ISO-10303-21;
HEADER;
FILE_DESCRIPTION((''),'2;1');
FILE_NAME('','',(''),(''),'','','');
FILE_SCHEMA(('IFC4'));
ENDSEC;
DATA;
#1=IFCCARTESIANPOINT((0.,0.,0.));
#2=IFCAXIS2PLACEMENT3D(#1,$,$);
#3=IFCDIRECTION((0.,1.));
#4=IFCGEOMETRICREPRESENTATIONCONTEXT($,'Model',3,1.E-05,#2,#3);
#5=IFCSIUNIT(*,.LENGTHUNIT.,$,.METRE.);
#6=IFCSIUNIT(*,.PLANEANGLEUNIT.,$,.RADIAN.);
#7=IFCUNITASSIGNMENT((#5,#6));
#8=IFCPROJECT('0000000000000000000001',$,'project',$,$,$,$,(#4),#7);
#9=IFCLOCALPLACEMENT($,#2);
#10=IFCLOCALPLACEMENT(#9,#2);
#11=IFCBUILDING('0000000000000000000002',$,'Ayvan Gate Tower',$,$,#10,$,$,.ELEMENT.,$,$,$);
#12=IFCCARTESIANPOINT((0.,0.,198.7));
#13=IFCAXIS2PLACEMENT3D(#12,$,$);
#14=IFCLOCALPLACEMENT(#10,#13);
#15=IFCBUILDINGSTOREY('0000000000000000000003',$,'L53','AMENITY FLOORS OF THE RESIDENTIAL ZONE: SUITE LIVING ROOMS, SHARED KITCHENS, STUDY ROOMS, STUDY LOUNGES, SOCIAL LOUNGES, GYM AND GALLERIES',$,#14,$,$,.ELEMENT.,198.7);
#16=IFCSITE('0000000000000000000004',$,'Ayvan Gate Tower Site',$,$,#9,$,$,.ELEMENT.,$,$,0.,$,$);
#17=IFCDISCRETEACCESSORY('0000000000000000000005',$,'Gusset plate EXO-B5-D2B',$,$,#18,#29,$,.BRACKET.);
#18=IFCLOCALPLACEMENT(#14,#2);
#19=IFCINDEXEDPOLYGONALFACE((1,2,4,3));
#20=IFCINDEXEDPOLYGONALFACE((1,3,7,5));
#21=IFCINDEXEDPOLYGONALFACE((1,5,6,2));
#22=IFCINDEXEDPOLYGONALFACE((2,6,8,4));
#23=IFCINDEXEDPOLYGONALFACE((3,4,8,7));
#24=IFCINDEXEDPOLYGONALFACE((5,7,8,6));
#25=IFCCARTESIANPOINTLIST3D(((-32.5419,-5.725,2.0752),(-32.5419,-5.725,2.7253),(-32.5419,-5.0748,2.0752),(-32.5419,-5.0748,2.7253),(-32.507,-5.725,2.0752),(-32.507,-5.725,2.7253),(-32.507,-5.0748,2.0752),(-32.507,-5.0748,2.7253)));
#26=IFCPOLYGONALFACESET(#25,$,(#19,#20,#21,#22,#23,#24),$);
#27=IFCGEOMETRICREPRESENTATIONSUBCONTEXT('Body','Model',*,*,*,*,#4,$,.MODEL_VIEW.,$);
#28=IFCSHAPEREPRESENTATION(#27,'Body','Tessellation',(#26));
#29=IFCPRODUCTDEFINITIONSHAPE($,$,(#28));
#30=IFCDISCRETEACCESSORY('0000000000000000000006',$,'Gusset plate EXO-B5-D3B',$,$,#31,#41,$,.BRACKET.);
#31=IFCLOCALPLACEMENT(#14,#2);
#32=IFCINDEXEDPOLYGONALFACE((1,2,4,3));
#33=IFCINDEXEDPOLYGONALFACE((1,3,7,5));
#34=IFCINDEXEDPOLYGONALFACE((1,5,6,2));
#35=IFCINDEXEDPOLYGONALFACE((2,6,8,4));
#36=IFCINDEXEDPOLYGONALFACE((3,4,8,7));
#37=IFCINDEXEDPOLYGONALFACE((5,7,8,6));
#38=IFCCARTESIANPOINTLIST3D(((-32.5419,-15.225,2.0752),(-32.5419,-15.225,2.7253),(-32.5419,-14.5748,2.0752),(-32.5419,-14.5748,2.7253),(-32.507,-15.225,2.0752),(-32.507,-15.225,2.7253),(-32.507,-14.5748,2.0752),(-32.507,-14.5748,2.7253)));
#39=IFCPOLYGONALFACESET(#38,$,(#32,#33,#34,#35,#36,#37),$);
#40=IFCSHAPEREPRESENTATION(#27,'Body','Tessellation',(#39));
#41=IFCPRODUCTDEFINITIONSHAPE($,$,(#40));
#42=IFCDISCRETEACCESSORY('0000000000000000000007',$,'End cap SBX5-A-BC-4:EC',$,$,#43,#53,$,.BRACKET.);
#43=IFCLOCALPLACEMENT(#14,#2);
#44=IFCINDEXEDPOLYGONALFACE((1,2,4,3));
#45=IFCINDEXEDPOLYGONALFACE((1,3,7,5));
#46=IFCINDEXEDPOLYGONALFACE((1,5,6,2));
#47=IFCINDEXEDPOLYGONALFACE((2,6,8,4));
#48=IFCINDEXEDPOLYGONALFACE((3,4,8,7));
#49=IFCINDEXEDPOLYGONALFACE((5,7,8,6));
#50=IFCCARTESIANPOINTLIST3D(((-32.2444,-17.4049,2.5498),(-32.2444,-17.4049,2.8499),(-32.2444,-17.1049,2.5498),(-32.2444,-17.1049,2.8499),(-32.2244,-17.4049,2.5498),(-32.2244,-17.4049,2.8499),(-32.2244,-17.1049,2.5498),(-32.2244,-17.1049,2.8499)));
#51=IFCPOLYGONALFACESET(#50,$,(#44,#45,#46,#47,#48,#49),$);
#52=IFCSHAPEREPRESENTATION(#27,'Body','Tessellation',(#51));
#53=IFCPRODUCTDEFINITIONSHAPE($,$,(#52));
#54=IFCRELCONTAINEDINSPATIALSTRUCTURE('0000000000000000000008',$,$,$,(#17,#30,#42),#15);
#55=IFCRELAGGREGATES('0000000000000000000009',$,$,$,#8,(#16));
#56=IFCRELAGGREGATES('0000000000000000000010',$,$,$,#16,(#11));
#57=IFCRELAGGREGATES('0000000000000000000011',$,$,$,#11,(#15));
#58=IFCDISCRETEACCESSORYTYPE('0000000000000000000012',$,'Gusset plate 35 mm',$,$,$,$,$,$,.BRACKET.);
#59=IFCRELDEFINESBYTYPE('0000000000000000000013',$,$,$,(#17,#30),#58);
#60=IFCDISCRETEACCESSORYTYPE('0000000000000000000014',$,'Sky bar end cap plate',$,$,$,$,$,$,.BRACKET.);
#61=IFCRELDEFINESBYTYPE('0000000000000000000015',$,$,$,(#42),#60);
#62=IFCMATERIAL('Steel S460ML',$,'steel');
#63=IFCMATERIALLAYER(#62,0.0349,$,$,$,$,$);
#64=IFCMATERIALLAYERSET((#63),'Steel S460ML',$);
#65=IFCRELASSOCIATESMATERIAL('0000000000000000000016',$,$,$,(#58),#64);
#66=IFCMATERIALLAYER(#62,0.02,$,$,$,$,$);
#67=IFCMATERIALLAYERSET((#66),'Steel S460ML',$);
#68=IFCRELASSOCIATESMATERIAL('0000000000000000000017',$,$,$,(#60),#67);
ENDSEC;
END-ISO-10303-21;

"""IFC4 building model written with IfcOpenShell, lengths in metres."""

from ifc_helpers import new_model, si_unit, direction, frame, origin, origin_2d, place, context, subcontext, project, spatial, rectangle, extrude, material, layer, layer_set, type_object, element, save


model = new_model("IFC4")

# Units and contexts
model_context = context("Model", 3, precision=1e-05, world=origin(), true_north=direction((0.0, 1.0)))
body_context = subcontext(model_context, "Body", "Model", "MODEL_VIEW")
ifc_project = project(units=[si_unit("LENGTHUNIT", "METRE"), si_unit("PLANEANGLEUNIT", "RADIAN")], contexts=[model_context])

# Site, building, storey
site_placement = place(None, origin())
site = spatial("IfcSite", under=ifc_project, at=site_placement, Name="Ayvan Gate Tower Site", CompositionType="ELEMENT", RefElevation=0.0)
building_placement = place(site_placement, origin())
building = spatial("IfcBuilding", under=site, at=building_placement, Name="Ayvan Gate Tower", CompositionType="ELEMENT")
storey_placement = place(building_placement, frame((0.0, 0.0, 198.7)))
storey = spatial("IfcBuildingStorey", under=building, at=storey_placement, Name="L53", Description="AMENITY FLOORS OF THE RESIDENTIAL ZONE: SUITE LIVING ROOMS, SHARED KITCHENS, STUDY ROOMS, STUDY LOUNGES, SOCIAL LOUNGES, GYM AND GALLERIES", CompositionType="ELEMENT", Elevation=198.7)

# Discrete accessories
ifc_material_1 = material(Name="Steel S460ML", Category="steel")
ifc_layer_1 = layer(ifc_material_1, 0.0349)
ifc_layer_set_1 = layer_set([ifc_layer_1], Name="Steel S460ML")
discrete_accessory_type_1 = type_object("IfcDiscreteAccessoryType", Name="Gusset plate 35 mm", PredefinedType="BRACKET", material=ifc_layer_set_1)
for number, where, z_axis, x_axis, name in (
    (1, (-32.5244, -5.3999, 2.0752), (0.0, 0.0, 1.0), (0.0, 1.0, 0.0), "Gusset plate EXO-B5-D2B"),
    (2, (-32.5244, -14.8999, 2.0752), (0.0, 0.0, 1.0), (0.0, 1.0, 0.0), "Gusset plate EXO-B5-D3B"),
):
    element("IfcDiscreteAccessory", number, at=place(storey_placement, frame(where, z_axis=z_axis, x_axis=x_axis)), inside=storey, type_object=discrete_accessory_type_1, Name=name, PredefinedType="BRACKET", context=body_context, shape_type="SweptSolid", body=[
        extrude(rectangle(XDim=0.6501, YDim=0.0349, at=origin_2d()), origin(), (0.0, 0.0, 1.0), 0.6501),
    ])
ifc_layer_2 = layer(ifc_material_1, 0.02)
ifc_layer_set_2 = layer_set([ifc_layer_2], Name="Steel S460ML")
discrete_accessory_type_2 = type_object("IfcDiscreteAccessoryType", Name="Sky bar end cap plate", PredefinedType="BRACKET", material=ifc_layer_set_2)
discrete_accessory_placement = place(storey_placement, frame((-32.2344, -17.2549, 2.5498), z_axis=(0.0, 0.0, 1.0), x_axis=(-1.0, 0.0, 0.0)))
element("IfcDiscreteAccessory", 3, at=discrete_accessory_placement, inside=storey, type_object=discrete_accessory_type_2, Name="End cap SBX5-A-BC-4:EC", PredefinedType="BRACKET", context=body_context, shape_type="SweptSolid", body=[
    extrude(rectangle(XDim=0.02, YDim=0.3, at=origin_2d()), origin(), (0.0, 0.0, 1.0), 0.3),
])

save(model, "model.ifc")
